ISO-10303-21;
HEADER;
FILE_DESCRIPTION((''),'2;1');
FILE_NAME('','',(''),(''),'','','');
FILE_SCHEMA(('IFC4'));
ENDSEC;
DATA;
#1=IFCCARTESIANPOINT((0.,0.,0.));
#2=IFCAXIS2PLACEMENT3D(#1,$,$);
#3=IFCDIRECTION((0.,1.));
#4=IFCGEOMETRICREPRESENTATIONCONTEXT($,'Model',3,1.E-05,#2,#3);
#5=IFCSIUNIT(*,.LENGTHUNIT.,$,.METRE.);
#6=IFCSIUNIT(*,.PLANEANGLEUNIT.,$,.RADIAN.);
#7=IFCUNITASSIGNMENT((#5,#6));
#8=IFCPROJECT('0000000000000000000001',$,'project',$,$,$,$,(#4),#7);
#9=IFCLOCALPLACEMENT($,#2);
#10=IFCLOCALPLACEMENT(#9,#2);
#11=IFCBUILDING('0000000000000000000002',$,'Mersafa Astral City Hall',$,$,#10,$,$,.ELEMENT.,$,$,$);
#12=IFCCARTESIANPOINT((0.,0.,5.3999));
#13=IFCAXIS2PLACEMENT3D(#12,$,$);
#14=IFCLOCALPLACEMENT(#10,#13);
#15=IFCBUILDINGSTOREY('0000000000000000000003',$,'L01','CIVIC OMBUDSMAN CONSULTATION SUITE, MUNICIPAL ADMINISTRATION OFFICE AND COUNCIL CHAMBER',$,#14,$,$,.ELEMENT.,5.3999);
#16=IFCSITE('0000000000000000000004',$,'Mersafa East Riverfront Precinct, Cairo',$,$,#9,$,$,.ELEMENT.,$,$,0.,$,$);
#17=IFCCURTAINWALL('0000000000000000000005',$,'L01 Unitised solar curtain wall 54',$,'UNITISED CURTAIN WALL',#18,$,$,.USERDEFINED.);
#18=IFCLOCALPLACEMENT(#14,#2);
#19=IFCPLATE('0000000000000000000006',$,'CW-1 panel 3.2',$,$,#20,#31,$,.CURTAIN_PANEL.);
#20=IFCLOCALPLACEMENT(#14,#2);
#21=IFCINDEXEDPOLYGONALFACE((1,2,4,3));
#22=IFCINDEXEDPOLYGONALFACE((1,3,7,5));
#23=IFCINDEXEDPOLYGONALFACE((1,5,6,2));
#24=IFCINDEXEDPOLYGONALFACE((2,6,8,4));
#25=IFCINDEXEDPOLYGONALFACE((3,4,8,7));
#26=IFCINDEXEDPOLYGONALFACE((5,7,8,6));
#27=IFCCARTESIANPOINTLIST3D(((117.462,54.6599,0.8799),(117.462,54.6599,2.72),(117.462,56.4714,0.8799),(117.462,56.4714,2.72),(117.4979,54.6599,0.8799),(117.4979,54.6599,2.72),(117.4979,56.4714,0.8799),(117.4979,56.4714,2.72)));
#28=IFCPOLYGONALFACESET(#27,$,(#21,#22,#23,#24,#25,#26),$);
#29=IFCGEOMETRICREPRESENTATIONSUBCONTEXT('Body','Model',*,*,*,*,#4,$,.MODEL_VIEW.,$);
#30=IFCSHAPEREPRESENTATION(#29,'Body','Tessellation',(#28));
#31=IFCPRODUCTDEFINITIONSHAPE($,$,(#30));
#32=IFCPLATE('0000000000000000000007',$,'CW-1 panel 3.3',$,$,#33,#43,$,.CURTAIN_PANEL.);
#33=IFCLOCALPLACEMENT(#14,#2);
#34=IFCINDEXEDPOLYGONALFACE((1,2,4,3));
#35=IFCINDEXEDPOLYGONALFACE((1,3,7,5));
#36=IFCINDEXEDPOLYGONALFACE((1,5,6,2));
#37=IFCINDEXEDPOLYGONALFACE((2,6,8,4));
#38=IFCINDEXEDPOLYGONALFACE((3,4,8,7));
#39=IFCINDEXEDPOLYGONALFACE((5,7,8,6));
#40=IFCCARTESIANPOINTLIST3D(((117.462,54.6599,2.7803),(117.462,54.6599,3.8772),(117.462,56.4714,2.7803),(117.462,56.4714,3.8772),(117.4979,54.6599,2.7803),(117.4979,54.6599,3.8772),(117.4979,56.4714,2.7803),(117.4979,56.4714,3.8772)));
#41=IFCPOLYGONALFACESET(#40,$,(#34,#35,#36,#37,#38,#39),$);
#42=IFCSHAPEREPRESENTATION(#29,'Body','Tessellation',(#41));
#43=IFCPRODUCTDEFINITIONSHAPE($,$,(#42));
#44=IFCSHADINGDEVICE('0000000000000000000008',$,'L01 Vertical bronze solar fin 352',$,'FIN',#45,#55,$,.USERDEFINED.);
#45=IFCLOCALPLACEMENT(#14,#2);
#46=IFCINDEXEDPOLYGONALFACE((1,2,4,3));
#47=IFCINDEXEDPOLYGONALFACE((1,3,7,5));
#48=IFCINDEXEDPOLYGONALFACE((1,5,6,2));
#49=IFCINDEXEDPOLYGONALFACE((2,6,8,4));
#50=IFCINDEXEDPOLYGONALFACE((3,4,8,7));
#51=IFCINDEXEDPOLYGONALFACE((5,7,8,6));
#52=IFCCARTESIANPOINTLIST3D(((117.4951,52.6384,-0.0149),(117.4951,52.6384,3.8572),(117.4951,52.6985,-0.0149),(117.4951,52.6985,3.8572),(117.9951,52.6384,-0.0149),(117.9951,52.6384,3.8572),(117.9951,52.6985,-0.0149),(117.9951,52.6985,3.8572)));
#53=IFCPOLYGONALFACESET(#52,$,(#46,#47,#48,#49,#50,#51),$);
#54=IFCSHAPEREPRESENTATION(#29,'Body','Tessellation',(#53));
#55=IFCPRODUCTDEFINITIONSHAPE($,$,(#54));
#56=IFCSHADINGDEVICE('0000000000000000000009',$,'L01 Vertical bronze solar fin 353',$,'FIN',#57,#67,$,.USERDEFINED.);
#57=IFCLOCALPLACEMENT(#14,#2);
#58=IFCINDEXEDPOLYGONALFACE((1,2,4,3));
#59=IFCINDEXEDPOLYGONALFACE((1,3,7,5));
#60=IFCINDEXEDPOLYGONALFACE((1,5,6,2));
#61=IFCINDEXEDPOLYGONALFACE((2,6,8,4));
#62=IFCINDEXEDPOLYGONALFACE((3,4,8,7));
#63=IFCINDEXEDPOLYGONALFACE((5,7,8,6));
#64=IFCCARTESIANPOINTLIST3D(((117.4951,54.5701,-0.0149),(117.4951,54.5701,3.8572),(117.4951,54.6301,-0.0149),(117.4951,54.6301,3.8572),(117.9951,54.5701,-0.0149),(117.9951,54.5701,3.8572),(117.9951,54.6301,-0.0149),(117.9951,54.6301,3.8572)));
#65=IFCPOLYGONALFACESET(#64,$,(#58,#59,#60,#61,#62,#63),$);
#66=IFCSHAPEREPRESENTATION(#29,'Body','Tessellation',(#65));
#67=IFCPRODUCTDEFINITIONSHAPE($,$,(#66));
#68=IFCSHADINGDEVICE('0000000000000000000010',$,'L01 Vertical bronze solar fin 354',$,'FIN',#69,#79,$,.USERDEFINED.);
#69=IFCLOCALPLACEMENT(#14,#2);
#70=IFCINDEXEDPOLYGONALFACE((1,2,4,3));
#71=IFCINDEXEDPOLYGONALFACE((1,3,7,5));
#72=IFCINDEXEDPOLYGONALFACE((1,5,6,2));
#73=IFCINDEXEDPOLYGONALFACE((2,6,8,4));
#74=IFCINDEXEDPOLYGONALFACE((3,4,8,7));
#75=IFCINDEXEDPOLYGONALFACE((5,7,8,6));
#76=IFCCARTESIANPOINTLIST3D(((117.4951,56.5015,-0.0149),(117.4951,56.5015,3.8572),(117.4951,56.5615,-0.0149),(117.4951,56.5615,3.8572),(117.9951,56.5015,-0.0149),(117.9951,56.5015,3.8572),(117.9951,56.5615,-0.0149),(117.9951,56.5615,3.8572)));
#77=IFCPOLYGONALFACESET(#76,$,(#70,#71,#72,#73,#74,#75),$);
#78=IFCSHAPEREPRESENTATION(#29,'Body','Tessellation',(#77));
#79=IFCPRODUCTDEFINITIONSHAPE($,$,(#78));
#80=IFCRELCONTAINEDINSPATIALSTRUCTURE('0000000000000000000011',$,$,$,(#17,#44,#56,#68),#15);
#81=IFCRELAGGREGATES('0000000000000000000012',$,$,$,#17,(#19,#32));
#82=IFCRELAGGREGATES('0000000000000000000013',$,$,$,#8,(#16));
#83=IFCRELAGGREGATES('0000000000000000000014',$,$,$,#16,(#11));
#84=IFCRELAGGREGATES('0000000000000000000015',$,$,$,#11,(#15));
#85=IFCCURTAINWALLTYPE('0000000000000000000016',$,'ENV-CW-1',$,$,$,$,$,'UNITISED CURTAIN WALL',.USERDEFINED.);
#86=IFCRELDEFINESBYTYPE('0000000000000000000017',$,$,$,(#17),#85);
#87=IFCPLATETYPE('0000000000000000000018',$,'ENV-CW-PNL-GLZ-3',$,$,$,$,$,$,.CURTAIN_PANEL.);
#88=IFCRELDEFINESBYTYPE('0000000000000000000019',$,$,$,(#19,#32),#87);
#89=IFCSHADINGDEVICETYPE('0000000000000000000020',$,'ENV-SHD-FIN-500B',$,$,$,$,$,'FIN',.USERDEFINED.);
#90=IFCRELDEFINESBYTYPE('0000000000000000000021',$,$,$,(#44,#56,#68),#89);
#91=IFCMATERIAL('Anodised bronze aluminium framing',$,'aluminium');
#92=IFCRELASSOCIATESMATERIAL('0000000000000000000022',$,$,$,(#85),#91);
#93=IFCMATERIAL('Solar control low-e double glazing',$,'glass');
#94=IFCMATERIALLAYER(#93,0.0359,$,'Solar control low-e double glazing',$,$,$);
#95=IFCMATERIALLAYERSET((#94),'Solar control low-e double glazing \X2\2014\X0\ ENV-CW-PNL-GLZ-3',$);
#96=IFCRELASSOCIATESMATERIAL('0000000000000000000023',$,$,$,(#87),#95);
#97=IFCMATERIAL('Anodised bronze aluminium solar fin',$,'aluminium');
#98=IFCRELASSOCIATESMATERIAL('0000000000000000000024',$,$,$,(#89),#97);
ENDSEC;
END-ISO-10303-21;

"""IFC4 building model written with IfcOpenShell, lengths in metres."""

from ifc_helpers import new_model, si_unit, direction, frame, origin, origin_2d, place, context, subcontext, project, spatial, rectangle, extrude, material, layer, layer_set, type_object, element, aggregate, save


model = new_model("IFC4")

# Units and contexts
model_context = context("Model", 3, precision=1e-05, world=origin(), true_north=direction((0.0, 1.0)))
body_context = subcontext(model_context, "Body", "Model", "MODEL_VIEW")
ifc_project = project(units=[si_unit("LENGTHUNIT", "METRE"), si_unit("PLANEANGLEUNIT", "RADIAN")], contexts=[model_context])

# Site, building, storey
site_placement = place(None, origin())
site = spatial("IfcSite", under=ifc_project, at=site_placement, Name="Mersafa East Riverfront Precinct, Cairo", CompositionType="ELEMENT", RefElevation=0.0)
building_placement = place(site_placement, origin())
building = spatial("IfcBuilding", under=site, at=building_placement, Name="Mersafa Astral City Hall", CompositionType="ELEMENT")
storey_placement = place(building_placement, frame((0.0, 0.0, 5.3999)))
storey = spatial("IfcBuildingStorey", under=building, at=storey_placement, Name="L01", Description="CIVIC OMBUDSMAN CONSULTATION SUITE, MUNICIPAL ADMINISTRATION OFFICE AND COUNCIL CHAMBER", CompositionType="ELEMENT", Elevation=5.3999)

# Curtain wall, plates
ifc_material_1 = material(Name="Anodised bronze aluminium framing", Category="aluminium")
curtain_wall_type = type_object("IfcCurtainWallType", Name="ENV-CW-1", ElementType="UNITISED CURTAIN WALL", PredefinedType="USERDEFINED", material=ifc_material_1)
curtain_wall_placement = place(storey_placement, origin())
curtain_wall = element("IfcCurtainWall", 1, at=curtain_wall_placement, inside=storey, type_object=curtain_wall_type, Name="L01 Unitised solar curtain wall 54", ObjectType="UNITISED CURTAIN WALL", PredefinedType="USERDEFINED")
ifc_material_2 = material(Name="Solar control low-e double glazing", Category="glass")
ifc_layer = layer(ifc_material_2, 0.0359, Name="Solar control low-e double glazing")
ifc_layer_set = layer_set([ifc_layer], Name="Solar control low-e double glazing — ENV-CW-PNL-GLZ-3")
plate_type = type_object("IfcPlateType", Name="ENV-CW-PNL-GLZ-3", PredefinedType="CURTAIN_PANEL", material=ifc_layer_set)
plate_1_placement = place(storey_placement, frame((117.48, 55.5657, 0.8799), z_axis=(0.0, 0.0, 1.0), x_axis=(0.0, 1.0, 0.0)))
plate_1 = element("IfcPlate", 2, at=plate_1_placement, type_object=plate_type, Name="CW-1 panel 3.2", PredefinedType="CURTAIN_PANEL", context=body_context, shape_type="SweptSolid", body=[
    extrude(rectangle(XDim=1.8115, YDim=0.0359, at=origin_2d()), origin(), (0.0, 0.0, 1.0), 1.8401),
])
plate_2_placement = place(storey_placement, frame((117.48, 55.5657, 2.7803), z_axis=(0.0, 0.0, 1.0), x_axis=(0.0, 1.0, 0.0)))
plate_2 = element("IfcPlate", 3, at=plate_2_placement, type_object=plate_type, Name="CW-1 panel 3.3", PredefinedType="CURTAIN_PANEL", context=body_context, shape_type="SweptSolid", body=[
    extrude(rectangle(XDim=1.8115, YDim=0.0359, at=origin_2d()), origin(), (0.0, 0.0, 1.0), 1.0969),
])
aggregate(curtain_wall, [plate_1, plate_2])

# Shading devices
ifc_material_3 = material(Name="Anodised bronze aluminium solar fin", Category="aluminium")
shading_device_type = type_object("IfcShadingDeviceType", Name="ENV-SHD-FIN-500B", ElementType="FIN", PredefinedType="USERDEFINED", material=ifc_material_3)
for number, where, z_axis, x_axis, name in (
    (4, (117.7451, 52.6685, -0.0149), (0.0, 0.0, 1.0), (0.0, 1.0, 0.0), "L01 Vertical bronze solar fin 352"),
    (5, (117.7451, 54.6001, -0.0149), (0.0, 0.0, 1.0), (0.0, 1.0, 0.0), "L01 Vertical bronze solar fin 353"),
    (6, (117.7451, 56.5315, -0.0149), (0.0, 0.0, 1.0), (0.0, 1.0, 0.0), "L01 Vertical bronze solar fin 354"),
):
    element("IfcShadingDevice", number, at=place(storey_placement, frame(where, z_axis=z_axis, x_axis=x_axis)), inside=storey, type_object=shading_device_type, Name=name, ObjectType="FIN", PredefinedType="USERDEFINED", context=body_context, shape_type="SweptSolid", body=[
        extrude(rectangle(XDim=0.0601, YDim=0.5, at=origin_2d()), origin(), (0.0, 0.0, 1.0), 3.8721),
    ])

save(model, "model.ifc")
